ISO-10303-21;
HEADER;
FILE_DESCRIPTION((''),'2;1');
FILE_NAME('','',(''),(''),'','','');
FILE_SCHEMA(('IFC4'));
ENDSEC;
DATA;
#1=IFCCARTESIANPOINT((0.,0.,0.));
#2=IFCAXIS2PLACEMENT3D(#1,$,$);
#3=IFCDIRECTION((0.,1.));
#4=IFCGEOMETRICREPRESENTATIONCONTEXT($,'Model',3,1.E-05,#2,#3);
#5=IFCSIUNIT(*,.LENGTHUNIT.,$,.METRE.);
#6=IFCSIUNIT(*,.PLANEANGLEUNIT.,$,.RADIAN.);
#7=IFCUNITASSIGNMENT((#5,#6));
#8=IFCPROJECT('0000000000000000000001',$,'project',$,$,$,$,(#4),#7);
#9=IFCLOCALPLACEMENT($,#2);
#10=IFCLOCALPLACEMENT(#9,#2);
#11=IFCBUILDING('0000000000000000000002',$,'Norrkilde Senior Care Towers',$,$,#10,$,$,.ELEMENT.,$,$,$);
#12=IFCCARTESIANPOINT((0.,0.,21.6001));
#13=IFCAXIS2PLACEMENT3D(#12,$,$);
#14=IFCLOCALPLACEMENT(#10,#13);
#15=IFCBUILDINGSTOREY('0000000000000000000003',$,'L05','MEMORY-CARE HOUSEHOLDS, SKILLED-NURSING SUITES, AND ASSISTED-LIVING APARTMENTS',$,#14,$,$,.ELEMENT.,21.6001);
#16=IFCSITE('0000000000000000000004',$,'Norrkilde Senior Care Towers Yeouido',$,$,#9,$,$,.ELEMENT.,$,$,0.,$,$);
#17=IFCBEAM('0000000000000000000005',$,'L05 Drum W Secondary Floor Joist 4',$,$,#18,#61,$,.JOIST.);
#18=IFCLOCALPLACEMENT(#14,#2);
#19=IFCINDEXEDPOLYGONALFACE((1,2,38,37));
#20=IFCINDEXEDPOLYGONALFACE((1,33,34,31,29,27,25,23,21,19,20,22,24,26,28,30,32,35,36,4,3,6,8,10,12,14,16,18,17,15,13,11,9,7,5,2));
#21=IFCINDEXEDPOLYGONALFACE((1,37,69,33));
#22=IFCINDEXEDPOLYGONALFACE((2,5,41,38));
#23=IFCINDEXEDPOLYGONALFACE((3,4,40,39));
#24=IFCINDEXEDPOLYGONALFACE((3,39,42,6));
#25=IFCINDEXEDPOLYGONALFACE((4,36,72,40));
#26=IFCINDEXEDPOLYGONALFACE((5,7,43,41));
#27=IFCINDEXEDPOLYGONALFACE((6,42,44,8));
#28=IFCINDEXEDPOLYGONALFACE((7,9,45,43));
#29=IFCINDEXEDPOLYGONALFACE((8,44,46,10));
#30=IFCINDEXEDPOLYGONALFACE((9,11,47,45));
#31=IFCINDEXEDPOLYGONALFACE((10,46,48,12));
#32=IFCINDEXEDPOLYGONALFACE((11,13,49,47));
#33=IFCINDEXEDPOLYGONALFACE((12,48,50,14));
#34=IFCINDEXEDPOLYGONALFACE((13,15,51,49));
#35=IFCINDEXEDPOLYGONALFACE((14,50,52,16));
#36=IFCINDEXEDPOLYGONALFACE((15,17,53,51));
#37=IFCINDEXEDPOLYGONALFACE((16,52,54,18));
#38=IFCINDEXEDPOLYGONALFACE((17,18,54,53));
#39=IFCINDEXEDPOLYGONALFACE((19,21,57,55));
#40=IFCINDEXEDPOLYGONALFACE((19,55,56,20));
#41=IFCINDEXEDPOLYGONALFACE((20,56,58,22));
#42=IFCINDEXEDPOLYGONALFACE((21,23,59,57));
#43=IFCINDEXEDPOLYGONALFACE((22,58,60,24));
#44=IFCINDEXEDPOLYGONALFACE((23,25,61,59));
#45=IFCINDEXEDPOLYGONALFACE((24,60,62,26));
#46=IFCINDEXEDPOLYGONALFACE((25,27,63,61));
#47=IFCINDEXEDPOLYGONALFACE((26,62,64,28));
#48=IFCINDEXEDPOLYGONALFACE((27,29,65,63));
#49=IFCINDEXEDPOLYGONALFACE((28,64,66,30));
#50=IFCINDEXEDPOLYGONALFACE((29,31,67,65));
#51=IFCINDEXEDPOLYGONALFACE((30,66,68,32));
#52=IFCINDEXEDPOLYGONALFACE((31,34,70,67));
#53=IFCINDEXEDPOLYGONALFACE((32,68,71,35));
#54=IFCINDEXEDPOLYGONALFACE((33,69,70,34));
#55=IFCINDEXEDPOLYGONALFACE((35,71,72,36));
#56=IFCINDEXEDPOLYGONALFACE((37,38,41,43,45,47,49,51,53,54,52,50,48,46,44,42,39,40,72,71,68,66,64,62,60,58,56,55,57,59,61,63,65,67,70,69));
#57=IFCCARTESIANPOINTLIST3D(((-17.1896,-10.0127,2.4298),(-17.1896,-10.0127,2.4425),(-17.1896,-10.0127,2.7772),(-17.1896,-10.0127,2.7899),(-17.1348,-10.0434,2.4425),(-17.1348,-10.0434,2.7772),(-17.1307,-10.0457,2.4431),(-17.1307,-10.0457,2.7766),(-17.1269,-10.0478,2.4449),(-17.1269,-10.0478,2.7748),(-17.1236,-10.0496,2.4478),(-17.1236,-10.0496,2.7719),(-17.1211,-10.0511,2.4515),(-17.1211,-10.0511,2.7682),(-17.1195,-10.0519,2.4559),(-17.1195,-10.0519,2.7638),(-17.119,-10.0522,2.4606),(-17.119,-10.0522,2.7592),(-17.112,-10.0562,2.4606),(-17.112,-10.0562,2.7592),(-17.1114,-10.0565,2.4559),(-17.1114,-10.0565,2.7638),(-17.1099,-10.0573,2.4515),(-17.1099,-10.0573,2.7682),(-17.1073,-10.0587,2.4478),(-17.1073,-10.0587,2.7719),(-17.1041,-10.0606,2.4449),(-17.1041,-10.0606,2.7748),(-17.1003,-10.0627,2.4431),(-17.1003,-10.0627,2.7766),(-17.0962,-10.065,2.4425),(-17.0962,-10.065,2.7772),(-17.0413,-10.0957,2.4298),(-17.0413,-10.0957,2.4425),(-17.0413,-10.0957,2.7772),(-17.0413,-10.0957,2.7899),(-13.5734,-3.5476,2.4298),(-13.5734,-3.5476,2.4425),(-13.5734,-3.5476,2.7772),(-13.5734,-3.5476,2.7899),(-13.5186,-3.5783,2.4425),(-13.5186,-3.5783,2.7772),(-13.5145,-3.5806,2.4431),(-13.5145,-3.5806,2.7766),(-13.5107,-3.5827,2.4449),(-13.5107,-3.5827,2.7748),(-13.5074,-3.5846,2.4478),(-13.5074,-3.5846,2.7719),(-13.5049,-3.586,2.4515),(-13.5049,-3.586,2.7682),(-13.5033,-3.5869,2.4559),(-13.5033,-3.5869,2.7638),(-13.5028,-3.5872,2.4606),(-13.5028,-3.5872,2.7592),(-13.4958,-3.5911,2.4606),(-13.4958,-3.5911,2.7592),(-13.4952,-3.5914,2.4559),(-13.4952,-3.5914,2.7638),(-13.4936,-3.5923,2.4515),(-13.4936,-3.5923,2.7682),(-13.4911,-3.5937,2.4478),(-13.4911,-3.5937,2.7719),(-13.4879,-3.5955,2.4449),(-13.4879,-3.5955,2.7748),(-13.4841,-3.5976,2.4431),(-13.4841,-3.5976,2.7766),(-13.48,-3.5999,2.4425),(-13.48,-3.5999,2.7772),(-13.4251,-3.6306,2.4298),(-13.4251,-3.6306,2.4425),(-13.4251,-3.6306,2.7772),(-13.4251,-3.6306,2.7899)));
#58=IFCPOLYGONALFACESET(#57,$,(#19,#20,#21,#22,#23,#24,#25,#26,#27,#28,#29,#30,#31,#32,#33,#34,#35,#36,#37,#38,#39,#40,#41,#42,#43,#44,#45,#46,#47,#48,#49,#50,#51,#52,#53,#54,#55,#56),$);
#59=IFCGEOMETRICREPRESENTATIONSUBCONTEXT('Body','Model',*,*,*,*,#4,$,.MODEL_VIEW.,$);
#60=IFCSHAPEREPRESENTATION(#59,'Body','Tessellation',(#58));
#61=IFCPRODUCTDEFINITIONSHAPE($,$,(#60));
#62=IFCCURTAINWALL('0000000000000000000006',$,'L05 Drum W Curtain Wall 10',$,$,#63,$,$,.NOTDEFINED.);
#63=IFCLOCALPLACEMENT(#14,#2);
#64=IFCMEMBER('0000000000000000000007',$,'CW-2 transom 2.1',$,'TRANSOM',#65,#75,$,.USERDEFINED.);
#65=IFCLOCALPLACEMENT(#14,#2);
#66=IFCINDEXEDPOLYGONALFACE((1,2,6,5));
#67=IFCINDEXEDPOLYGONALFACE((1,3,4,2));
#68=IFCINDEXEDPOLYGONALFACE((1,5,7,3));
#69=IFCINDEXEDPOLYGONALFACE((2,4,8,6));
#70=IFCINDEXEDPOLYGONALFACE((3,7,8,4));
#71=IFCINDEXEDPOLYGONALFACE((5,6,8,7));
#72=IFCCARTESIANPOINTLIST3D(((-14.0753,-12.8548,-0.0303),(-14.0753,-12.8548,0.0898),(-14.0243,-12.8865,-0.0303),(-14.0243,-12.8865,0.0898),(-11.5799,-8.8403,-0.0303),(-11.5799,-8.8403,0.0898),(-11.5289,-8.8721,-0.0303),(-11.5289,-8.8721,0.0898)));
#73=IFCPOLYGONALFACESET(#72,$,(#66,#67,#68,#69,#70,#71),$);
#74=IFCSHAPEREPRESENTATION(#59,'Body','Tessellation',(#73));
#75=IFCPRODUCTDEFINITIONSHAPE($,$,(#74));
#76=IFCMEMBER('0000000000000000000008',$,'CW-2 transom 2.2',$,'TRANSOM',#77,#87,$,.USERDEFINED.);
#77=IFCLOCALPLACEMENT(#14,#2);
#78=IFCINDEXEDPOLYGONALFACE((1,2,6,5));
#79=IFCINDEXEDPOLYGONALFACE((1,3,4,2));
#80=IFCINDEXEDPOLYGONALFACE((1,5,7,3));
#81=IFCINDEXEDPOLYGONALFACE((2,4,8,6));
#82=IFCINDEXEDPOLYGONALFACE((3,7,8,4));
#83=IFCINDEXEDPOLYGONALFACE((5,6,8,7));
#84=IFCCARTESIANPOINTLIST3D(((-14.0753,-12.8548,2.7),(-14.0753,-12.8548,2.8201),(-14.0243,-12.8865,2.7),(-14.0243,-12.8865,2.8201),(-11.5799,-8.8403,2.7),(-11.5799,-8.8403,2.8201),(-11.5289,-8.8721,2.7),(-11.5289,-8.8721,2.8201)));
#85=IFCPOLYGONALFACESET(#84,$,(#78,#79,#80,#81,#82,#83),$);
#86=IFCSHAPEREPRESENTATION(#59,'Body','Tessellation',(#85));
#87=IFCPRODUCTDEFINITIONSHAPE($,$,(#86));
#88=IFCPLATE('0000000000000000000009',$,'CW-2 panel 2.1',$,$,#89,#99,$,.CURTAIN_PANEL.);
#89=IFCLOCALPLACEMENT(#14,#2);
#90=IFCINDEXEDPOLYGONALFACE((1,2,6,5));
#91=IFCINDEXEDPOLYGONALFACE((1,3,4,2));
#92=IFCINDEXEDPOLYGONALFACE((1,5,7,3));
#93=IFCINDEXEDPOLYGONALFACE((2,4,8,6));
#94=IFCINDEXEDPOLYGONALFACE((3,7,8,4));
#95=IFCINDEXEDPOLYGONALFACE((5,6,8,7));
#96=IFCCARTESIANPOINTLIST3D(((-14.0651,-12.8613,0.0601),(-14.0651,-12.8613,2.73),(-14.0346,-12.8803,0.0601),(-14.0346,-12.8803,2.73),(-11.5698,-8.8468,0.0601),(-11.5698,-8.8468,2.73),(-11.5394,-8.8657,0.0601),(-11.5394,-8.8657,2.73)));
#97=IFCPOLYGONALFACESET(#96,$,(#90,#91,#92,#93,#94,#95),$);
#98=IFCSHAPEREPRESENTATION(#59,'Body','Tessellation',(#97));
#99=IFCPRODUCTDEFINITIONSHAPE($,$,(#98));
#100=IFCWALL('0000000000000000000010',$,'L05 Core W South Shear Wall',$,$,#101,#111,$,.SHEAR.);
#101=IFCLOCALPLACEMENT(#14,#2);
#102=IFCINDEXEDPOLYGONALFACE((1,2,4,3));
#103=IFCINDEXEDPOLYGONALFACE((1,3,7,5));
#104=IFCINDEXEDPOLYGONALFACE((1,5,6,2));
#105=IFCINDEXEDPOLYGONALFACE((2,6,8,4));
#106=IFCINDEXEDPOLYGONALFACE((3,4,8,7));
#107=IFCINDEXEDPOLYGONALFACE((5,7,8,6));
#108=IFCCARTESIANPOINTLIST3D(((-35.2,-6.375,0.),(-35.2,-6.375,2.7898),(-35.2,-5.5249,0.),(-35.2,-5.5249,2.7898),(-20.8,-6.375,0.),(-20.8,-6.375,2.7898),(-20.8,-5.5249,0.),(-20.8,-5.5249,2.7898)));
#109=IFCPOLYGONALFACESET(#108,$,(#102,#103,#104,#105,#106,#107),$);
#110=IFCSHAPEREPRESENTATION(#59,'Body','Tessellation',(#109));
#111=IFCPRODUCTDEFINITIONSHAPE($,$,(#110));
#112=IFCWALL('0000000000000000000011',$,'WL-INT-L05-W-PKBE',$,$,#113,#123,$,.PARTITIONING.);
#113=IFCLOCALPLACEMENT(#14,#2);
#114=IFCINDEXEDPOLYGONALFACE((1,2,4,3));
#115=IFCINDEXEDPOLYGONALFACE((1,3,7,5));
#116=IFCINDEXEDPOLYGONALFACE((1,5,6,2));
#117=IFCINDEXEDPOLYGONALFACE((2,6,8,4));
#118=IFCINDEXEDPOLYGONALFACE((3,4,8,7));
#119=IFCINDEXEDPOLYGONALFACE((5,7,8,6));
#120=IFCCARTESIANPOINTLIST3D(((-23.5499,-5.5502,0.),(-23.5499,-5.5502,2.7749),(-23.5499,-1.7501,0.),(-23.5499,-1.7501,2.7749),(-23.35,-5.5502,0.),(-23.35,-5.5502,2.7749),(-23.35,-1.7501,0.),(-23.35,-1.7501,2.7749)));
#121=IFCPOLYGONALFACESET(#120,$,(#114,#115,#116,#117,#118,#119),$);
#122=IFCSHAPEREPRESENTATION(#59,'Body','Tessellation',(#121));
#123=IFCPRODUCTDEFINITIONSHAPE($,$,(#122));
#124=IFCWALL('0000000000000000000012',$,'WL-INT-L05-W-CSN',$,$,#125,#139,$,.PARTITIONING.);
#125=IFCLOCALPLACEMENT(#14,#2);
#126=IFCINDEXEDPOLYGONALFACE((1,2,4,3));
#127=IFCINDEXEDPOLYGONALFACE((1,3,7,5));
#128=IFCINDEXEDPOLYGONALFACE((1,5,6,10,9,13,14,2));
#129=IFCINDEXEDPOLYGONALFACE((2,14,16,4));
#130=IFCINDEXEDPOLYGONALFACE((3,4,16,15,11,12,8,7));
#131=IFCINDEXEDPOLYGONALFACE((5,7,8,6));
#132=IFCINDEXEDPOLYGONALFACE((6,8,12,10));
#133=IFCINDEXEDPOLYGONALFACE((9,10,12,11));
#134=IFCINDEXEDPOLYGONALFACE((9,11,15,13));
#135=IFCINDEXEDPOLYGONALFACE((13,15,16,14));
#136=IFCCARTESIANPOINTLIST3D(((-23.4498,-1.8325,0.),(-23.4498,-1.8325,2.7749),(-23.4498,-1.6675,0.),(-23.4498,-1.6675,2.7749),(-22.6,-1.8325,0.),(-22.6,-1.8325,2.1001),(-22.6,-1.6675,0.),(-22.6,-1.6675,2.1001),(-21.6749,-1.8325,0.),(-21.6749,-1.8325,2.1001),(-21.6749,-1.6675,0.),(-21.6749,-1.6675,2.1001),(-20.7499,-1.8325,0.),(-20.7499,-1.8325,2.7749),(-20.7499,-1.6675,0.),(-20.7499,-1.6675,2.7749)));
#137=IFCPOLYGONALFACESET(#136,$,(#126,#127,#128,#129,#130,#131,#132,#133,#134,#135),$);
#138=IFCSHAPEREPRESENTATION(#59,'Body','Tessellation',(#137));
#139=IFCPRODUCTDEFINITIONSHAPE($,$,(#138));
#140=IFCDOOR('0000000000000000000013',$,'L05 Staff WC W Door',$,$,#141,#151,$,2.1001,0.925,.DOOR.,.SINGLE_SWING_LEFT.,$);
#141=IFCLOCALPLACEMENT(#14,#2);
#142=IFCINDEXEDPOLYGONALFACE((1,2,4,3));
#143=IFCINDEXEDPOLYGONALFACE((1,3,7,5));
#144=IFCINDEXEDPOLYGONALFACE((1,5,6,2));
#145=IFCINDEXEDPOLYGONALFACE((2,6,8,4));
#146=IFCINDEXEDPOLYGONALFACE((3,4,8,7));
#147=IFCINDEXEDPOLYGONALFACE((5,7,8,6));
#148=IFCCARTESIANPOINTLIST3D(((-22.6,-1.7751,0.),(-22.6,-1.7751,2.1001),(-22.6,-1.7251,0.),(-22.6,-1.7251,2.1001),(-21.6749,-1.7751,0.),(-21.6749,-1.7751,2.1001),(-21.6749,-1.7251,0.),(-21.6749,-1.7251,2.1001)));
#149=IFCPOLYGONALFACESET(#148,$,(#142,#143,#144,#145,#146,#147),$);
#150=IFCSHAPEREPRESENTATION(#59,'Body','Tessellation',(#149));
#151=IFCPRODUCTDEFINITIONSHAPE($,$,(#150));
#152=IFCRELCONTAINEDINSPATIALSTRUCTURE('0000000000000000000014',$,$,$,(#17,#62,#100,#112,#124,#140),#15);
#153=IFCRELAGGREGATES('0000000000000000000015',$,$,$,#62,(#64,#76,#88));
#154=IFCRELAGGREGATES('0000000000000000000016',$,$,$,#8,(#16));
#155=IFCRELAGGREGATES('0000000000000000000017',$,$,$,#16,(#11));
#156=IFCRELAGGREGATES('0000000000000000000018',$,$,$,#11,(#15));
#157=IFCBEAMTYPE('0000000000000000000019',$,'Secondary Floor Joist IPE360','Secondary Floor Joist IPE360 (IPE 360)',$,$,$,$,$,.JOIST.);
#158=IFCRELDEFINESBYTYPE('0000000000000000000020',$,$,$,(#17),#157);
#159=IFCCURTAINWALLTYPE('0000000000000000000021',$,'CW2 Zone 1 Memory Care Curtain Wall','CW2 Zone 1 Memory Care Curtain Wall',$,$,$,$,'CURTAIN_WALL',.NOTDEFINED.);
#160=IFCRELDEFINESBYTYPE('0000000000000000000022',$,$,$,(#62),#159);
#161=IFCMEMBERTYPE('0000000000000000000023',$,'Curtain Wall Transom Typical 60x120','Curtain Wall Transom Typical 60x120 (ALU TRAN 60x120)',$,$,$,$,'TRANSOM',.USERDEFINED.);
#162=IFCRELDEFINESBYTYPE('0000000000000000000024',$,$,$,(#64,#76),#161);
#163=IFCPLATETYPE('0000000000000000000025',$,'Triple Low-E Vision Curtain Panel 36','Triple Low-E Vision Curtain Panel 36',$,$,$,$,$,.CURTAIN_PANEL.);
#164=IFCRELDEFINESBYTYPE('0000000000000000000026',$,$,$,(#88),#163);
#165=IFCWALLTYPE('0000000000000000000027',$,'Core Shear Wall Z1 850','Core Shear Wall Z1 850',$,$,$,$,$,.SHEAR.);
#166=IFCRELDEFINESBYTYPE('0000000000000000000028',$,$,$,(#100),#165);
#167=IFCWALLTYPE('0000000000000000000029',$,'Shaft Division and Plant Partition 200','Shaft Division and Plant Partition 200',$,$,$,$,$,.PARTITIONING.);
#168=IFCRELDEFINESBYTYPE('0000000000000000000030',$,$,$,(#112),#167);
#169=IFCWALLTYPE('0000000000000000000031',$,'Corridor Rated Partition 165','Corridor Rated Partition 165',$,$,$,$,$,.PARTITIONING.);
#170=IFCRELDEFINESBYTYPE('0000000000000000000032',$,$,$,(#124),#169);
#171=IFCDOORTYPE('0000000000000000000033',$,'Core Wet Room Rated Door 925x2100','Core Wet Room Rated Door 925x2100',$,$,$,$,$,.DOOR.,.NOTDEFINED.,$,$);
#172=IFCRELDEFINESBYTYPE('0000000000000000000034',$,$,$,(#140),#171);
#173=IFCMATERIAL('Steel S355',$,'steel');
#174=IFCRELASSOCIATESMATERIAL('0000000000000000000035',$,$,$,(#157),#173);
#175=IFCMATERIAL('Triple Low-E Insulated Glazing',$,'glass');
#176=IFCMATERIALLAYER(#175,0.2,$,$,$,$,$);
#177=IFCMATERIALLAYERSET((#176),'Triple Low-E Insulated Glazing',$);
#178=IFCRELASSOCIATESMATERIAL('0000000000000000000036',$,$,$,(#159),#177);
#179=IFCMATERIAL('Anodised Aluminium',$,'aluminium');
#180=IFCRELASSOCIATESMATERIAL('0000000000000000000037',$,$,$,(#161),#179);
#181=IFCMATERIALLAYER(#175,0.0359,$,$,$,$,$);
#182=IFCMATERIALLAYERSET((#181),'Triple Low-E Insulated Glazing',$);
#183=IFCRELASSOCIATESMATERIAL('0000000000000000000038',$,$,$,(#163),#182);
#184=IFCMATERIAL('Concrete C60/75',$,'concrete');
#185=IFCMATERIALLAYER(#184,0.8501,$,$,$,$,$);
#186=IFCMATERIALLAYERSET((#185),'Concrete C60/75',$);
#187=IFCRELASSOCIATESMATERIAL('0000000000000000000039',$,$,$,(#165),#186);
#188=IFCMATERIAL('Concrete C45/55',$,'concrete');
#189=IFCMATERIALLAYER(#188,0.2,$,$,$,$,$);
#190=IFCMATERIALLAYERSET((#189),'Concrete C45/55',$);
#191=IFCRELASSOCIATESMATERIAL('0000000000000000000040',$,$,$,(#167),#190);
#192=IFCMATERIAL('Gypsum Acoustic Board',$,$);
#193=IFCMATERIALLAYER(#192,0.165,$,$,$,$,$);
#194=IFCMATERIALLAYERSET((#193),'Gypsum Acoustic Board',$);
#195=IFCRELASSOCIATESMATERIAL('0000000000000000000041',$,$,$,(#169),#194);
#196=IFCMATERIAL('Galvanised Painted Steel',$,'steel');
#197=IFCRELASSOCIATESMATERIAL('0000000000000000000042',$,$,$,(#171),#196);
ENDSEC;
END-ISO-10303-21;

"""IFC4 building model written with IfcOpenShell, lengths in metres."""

from ifc_helpers import new_model, si_unit, direction, frame, frame_2d, origin, origin_2d, place, context, subcontext, project, spatial, rectangle, i_section, extrude, source, transform, mapped, material, layer, layer_set, material_profile, profile_set, type_object, type_shapes, element, fill, aggregate, save


model = new_model("IFC4")

# Units and contexts
model_context = context("Model", 3, precision=1e-05, world=origin(), true_north=direction((0.0, 1.0)))
body_context = subcontext(model_context, "Body", "Model", "MODEL_VIEW")
ifc_project = project(units=[si_unit("LENGTHUNIT", "METRE"), si_unit("PLANEANGLEUNIT", "RADIAN")], contexts=[model_context])

# Site, building, storey
site_placement = place(None, origin())
site = spatial("IfcSite", under=ifc_project, at=site_placement, Name="Norrkilde Senior Care Towers Yeouido", CompositionType="ELEMENT", RefElevation=0.0)
building_placement = place(site_placement, origin())
building = spatial("IfcBuilding", under=site, at=building_placement, Name="Norrkilde Senior Care Towers", CompositionType="ELEMENT")
storey_placement = place(building_placement, frame((0.0, 0.0, 21.6001)))
storey = spatial("IfcBuildingStorey", under=building, at=storey_placement, Name="L05", Description="MEMORY-CARE HOUSEHOLDS, SKILLED-NURSING SUITES, AND ASSISTED-LIVING APARTMENTS", CompositionType="ELEMENT", Elevation=21.6001)

# Shared definitions
ifc_material_1 = material(Name="Concrete C60/75", Category="concrete")

# Beam
ifc_material_2 = material(Name="Steel S355", Category="steel")
ifc_material_profile_1 = material_profile(ifc_material_2, i_section(OverallWidth=0.1699, OverallDepth=0.3601, WebThickness=0.0081, FlangeThickness=0.0127, FilletRadius=0.0181, at=origin_2d()), Name="IPE 360")
ifc_profile_set_1 = profile_set([ifc_material_profile_1], Name="Steel S355")
beam_type_1 = type_object("IfcBeamType", Name="Secondary Floor Joist IPE360", Description="Secondary Floor Joist IPE360 (IPE 360)", PredefinedType="JOIST", material=ifc_profile_set_1)
shared_shape_1 = source(origin(), body_context, "Body", "SweptSolid", [
    extrude(i_section(OverallWidth=0.1699, OverallDepth=0.3601, WebThickness=0.0081, FlangeThickness=0.0127, FilletRadius=0.0181, at=origin_2d()), origin(), (0.0, 0.0, 1.0), 7.4077),
])
type_shapes(beam_type_1, [shared_shape_1])
beam_1_placement = place(storey_placement, frame((-17.1155, -10.0542, 2.6099), z_axis=(0.488168, 0.87275, 0.0), x_axis=(-0.87275, 0.488168, 0.0)))
element("IfcBeam", 1, at=beam_1_placement, inside=storey, type_object=beam_type_1, Name="L05 Drum W Secondary Floor Joist 4", PredefinedType="JOIST", context=body_context, shape_type="MappedRepresentation", body=[
    mapped(shared_shape_1, transform((0.0, 0.0, 0.0), x_axis=(1.0, 0.0, 0.0), y_axis=(0.0, 1.0, 0.0), z_axis=(0.0, 0.0, 1.0), scale=1.0)),
])

# Curtain wall, members, plate
ifc_material_3 = material(Name="Triple Low-E Insulated Glazing", Category="glass")
ifc_layer_1 = layer(ifc_material_3, 0.2)
ifc_layer_set_1 = layer_set([ifc_layer_1], Name="Triple Low-E Insulated Glazing")
curtain_wall_type = type_object("IfcCurtainWallType", Name="CW2 Zone 1 Memory Care Curtain Wall", Description="CW2 Zone 1 Memory Care Curtain Wall", ElementType="CURTAIN_WALL", PredefinedType="NOTDEFINED", material=ifc_layer_set_1)
curtain_wall_placement = place(storey_placement, origin())
curtain_wall = element("IfcCurtainWall", 2, at=curtain_wall_placement, inside=storey, type_object=curtain_wall_type, Name="L05 Drum W Curtain Wall 10", PredefinedType="NOTDEFINED")
ifc_material_4 = material(Name="Anodised Aluminium", Category="aluminium")
ifc_material_profile_2 = material_profile(ifc_material_4, rectangle(XDim=0.0601, YDim=0.1201, at=origin_2d()), Name="ALU TRAN 60x120")
ifc_profile_set_2 = profile_set([ifc_material_profile_2], Name="Anodised Aluminium")
member_type = type_object("IfcMemberType", Name="Curtain Wall Transom Typical 60x120", Description="Curtain Wall Transom Typical 60x120 (ALU TRAN 60x120)", ElementType="TRANSOM", PredefinedType="USERDEFINED", material=ifc_profile_set_2)
shared_shape_2 = source(origin(), body_context, "Body", "SweptSolid", [
    extrude(rectangle(XDim=0.0601, YDim=0.1201, at=origin_2d()), origin(), (0.0, 0.0, 1.0), 4.7268),
])
type_shapes(member_type, [shared_shape_2])
member_1_placement = place(storey_placement, frame((-11.5544, -8.8562, 0.0298), z_axis=(-0.527922, -0.849293, 0.0), x_axis=(0.849293, -0.527922, 0.0)))
member_1 = element("IfcMember", 3, at=member_1_placement, type_object=member_type, Name="CW-2 transom 2.1", ObjectType="TRANSOM", PredefinedType="USERDEFINED", context=body_context, shape_type="MappedRepresentation", body=[
    mapped(shared_shape_2, transform((0.0, 0.0, 0.0), x_axis=(1.0, 0.0, 0.0), y_axis=(0.0, 1.0, 0.0), z_axis=(0.0, 0.0, 1.0), scale=1.0)),
])
member_2_placement = place(storey_placement, frame((-11.5544, -8.8562, 2.76), z_axis=(-0.527922, -0.849293, 0.0), x_axis=(0.849293, -0.527922, 0.0)))
member_2 = element("IfcMember", 4, at=member_2_placement, type_object=member_type, Name="CW-2 transom 2.2", ObjectType="TRANSOM", PredefinedType="USERDEFINED", context=body_context, shape_type="MappedRepresentation", body=[
    mapped(shared_shape_2, transform((0.0, 0.0, 0.0), x_axis=(1.0, 0.0, 0.0), y_axis=(0.0, 1.0, 0.0), z_axis=(0.0, 0.0, 1.0), scale=1.0)),
])
ifc_layer_2 = layer(ifc_material_3, 0.0359)
ifc_layer_set_2 = layer_set([ifc_layer_2], Name="Triple Low-E Insulated Glazing")
plate_type = type_object("IfcPlateType", Name="Triple Low-E Vision Curtain Panel 36", Description="Triple Low-E Vision Curtain Panel 36", PredefinedType="CURTAIN_PANEL", material=ifc_layer_set_2)
shared_shape_3 = source(origin(), body_context, "Body", "SweptSolid", [
    extrude(rectangle(XDim=4.7268, YDim=0.0359, at=origin_2d()), origin(), (0.0, 0.0, 1.0), 2.6699),
])
type_shapes(plate_type, [shared_shape_3])
plate_placement = place(storey_placement, frame((-12.8022, -10.8635, 0.0601), z_axis=(0.0, 0.0, 1.0), x_axis=(-0.527901, -0.849306, 0.0)))
plate = element("IfcPlate", 5, at=plate_placement, type_object=plate_type, Name="CW-2 panel 2.1", PredefinedType="CURTAIN_PANEL", context=body_context, shape_type="MappedRepresentation", body=[
    mapped(shared_shape_3, transform((0.0, 0.0, 0.0), x_axis=(1.0, 0.0, 0.0), y_axis=(0.0, 1.0, 0.0), z_axis=(0.0, 0.0, 1.0), scale=1.0)),
])
aggregate(curtain_wall, [member_1, member_2, plate])

# Walls
ifc_layer_3 = layer(ifc_material_1, 0.8501)
ifc_layer_set_3 = layer_set([ifc_layer_3], Name="Concrete C60/75")
wall_type_1 = type_object("IfcWallType", Name="Core Shear Wall Z1 850", Description="Core Shear Wall Z1 850", PredefinedType="SHEAR", material=ifc_layer_set_3)
shared_shape_4 = source(origin(), body_context, "Body", "SweptSolid", [
    extrude(rectangle(XDim=14.3999, YDim=0.8501, at=frame_2d((7.2, 0.0))), origin(), (0.0, 0.0, 1.0), 2.7898),
])
type_shapes(wall_type_1, [shared_shape_4])
wall_1_placement = place(storey_placement, frame((-20.8, -5.95, 0.0), z_axis=(0.0, 0.0, 1.0), x_axis=(-1.0, 0.0, 0.0)))
element("IfcWall", 6, at=wall_1_placement, inside=storey, type_object=wall_type_1, Name="L05 Core W South Shear Wall", PredefinedType="SHEAR", context=body_context, shape_type="MappedRepresentation", body=[
    mapped(shared_shape_4, transform((0.0, 0.0, 0.0), x_axis=(1.0, 0.0, 0.0), y_axis=(0.0, 1.0, 0.0), z_axis=(0.0, 0.0, 1.0), scale=1.0)),
])
ifc_material_5 = material(Name="Concrete C45/55", Category="concrete")
ifc_layer_4 = layer(ifc_material_5, 0.2)
ifc_layer_set_4 = layer_set([ifc_layer_4], Name="Concrete C45/55")
wall_type_2 = type_object("IfcWallType", Name="Shaft Division and Plant Partition 200", Description="Shaft Division and Plant Partition 200", PredefinedType="PARTITIONING", material=ifc_layer_set_4)
shared_shape_5 = source(origin(), body_context, "Body", "SweptSolid", [
    extrude(rectangle(XDim=3.8, YDim=0.2, at=frame_2d((1.8999, 0.0))), origin(), (0.0, 0.0, 1.0), 2.7749),
])
type_shapes(wall_type_2, [shared_shape_5])
wall_2_placement = place(storey_placement, frame((-23.45, -5.55, 0.0), z_axis=(0.0, 0.0, 1.0), x_axis=(0.0, 1.0, 0.0)))
element("IfcWall", 7, at=wall_2_placement, inside=storey, type_object=wall_type_2, Name="WL-INT-L05-W-PKBE", PredefinedType="PARTITIONING", context=body_context, shape_type="MappedRepresentation", body=[
    mapped(shared_shape_5, transform((0.0, 0.0, 0.0), x_axis=(1.0, 0.0, 0.0), y_axis=(0.0, 1.0, 0.0), z_axis=(0.0, 0.0, 1.0), scale=1.0)),
])

# Wall, opening, door
ifc_material_6 = material(Name="Gypsum Acoustic Board")
ifc_layer_5 = layer(ifc_material_6, 0.165)
ifc_layer_set_5 = layer_set([ifc_layer_5], Name="Gypsum Acoustic Board")
wall_type_3 = type_object("IfcWallType", Name="Corridor Rated Partition 165", Description="Corridor Rated Partition 165", PredefinedType="PARTITIONING", material=ifc_layer_set_5)
shared_shape_6 = source(origin(), body_context, "Body", "SweptSolid", [
    extrude(rectangle(XDim=2.7, YDim=0.165, at=frame_2d((1.3501, 0.0))), origin(), (0.0, 0.0, 1.0), 2.7749),
])
wall_3_placement = place(storey_placement, frame((-23.45, -1.75, 0.0), z_axis=(0.0, 0.0, 1.0), x_axis=(1.0, 0.0, 0.0)))
wall_3 = element("IfcWall", 8, at=wall_3_placement, inside=storey, type_object=wall_type_3, Name="WL-INT-L05-W-CSN", PredefinedType="PARTITIONING", context=body_context, shape_type="MappedRepresentation", body=[
    mapped(shared_shape_6, transform((0.0, 0.0, 0.0), x_axis=(1.0, 0.0, 0.0), y_axis=(0.0, 1.0, 0.0), z_axis=(0.0, 0.0, 1.0), scale=1.0)),
])
opening_1_placement = place(wall_3_placement, frame((0.8501, 0.0, 0.0)))
opening_1 = element("IfcOpeningElement", 9, at=opening_1_placement, cuts=wall_3, PredefinedType="OPENING", context=body_context, shape_type="SweptSolid", body=[
    extrude(rectangle(XDim=0.925, YDim=2.1001, at=frame_2d((0.4624, 1.05))), frame((0.0, 0.0925, 0.0), z_axis=(0.0, -1.0, 0.0), x_axis=(1.0, 0.0, 0.0)), (0.0, 0.0, 1.0), 0.1851),
])
ifc_material_7 = material(Name="Galvanised Painted Steel", Category="steel")
door_type_1 = type_object("IfcDoorType", Name="Core Wet Room Rated Door 925x2100", Description="Core Wet Room Rated Door 925x2100", OperationType="NOTDEFINED", PredefinedType="DOOR", material=ifc_material_7)
shared_shape_7 = source(origin(), body_context, "Body", "SweptSolid", [
    extrude(rectangle(XDim=0.925, YDim=2.1001, at=frame_2d((0.4624, 1.05))), frame((0.0, 0.0249, 0.0), z_axis=(0.0, -1.0, 0.0), x_axis=(1.0, 0.0, 0.0)), (0.0, 0.0, 1.0), 0.05),
])
type_shapes(door_type_1, [shared_shape_7])
door_1_placement = place(opening_1_placement, origin())
door_1 = element("IfcDoor", 10, at=door_1_placement, inside=storey, type_object=door_type_1, Name="L05 Staff WC W Door", OperationType="SINGLE_SWING_LEFT", OverallHeight=2.1001, OverallWidth=0.925, PredefinedType="DOOR", context=body_context, shape_type="MappedRepresentation", body=[
    mapped(shared_shape_7, transform((0.0, 0.0, 0.0), x_axis=(1.0, 0.0, 0.0), y_axis=(0.0, 1.0, 0.0), z_axis=(0.0, 0.0, 1.0), scale=1.0)),
])
fill(opening_1, door_1)

save(model, "model.ifc")
